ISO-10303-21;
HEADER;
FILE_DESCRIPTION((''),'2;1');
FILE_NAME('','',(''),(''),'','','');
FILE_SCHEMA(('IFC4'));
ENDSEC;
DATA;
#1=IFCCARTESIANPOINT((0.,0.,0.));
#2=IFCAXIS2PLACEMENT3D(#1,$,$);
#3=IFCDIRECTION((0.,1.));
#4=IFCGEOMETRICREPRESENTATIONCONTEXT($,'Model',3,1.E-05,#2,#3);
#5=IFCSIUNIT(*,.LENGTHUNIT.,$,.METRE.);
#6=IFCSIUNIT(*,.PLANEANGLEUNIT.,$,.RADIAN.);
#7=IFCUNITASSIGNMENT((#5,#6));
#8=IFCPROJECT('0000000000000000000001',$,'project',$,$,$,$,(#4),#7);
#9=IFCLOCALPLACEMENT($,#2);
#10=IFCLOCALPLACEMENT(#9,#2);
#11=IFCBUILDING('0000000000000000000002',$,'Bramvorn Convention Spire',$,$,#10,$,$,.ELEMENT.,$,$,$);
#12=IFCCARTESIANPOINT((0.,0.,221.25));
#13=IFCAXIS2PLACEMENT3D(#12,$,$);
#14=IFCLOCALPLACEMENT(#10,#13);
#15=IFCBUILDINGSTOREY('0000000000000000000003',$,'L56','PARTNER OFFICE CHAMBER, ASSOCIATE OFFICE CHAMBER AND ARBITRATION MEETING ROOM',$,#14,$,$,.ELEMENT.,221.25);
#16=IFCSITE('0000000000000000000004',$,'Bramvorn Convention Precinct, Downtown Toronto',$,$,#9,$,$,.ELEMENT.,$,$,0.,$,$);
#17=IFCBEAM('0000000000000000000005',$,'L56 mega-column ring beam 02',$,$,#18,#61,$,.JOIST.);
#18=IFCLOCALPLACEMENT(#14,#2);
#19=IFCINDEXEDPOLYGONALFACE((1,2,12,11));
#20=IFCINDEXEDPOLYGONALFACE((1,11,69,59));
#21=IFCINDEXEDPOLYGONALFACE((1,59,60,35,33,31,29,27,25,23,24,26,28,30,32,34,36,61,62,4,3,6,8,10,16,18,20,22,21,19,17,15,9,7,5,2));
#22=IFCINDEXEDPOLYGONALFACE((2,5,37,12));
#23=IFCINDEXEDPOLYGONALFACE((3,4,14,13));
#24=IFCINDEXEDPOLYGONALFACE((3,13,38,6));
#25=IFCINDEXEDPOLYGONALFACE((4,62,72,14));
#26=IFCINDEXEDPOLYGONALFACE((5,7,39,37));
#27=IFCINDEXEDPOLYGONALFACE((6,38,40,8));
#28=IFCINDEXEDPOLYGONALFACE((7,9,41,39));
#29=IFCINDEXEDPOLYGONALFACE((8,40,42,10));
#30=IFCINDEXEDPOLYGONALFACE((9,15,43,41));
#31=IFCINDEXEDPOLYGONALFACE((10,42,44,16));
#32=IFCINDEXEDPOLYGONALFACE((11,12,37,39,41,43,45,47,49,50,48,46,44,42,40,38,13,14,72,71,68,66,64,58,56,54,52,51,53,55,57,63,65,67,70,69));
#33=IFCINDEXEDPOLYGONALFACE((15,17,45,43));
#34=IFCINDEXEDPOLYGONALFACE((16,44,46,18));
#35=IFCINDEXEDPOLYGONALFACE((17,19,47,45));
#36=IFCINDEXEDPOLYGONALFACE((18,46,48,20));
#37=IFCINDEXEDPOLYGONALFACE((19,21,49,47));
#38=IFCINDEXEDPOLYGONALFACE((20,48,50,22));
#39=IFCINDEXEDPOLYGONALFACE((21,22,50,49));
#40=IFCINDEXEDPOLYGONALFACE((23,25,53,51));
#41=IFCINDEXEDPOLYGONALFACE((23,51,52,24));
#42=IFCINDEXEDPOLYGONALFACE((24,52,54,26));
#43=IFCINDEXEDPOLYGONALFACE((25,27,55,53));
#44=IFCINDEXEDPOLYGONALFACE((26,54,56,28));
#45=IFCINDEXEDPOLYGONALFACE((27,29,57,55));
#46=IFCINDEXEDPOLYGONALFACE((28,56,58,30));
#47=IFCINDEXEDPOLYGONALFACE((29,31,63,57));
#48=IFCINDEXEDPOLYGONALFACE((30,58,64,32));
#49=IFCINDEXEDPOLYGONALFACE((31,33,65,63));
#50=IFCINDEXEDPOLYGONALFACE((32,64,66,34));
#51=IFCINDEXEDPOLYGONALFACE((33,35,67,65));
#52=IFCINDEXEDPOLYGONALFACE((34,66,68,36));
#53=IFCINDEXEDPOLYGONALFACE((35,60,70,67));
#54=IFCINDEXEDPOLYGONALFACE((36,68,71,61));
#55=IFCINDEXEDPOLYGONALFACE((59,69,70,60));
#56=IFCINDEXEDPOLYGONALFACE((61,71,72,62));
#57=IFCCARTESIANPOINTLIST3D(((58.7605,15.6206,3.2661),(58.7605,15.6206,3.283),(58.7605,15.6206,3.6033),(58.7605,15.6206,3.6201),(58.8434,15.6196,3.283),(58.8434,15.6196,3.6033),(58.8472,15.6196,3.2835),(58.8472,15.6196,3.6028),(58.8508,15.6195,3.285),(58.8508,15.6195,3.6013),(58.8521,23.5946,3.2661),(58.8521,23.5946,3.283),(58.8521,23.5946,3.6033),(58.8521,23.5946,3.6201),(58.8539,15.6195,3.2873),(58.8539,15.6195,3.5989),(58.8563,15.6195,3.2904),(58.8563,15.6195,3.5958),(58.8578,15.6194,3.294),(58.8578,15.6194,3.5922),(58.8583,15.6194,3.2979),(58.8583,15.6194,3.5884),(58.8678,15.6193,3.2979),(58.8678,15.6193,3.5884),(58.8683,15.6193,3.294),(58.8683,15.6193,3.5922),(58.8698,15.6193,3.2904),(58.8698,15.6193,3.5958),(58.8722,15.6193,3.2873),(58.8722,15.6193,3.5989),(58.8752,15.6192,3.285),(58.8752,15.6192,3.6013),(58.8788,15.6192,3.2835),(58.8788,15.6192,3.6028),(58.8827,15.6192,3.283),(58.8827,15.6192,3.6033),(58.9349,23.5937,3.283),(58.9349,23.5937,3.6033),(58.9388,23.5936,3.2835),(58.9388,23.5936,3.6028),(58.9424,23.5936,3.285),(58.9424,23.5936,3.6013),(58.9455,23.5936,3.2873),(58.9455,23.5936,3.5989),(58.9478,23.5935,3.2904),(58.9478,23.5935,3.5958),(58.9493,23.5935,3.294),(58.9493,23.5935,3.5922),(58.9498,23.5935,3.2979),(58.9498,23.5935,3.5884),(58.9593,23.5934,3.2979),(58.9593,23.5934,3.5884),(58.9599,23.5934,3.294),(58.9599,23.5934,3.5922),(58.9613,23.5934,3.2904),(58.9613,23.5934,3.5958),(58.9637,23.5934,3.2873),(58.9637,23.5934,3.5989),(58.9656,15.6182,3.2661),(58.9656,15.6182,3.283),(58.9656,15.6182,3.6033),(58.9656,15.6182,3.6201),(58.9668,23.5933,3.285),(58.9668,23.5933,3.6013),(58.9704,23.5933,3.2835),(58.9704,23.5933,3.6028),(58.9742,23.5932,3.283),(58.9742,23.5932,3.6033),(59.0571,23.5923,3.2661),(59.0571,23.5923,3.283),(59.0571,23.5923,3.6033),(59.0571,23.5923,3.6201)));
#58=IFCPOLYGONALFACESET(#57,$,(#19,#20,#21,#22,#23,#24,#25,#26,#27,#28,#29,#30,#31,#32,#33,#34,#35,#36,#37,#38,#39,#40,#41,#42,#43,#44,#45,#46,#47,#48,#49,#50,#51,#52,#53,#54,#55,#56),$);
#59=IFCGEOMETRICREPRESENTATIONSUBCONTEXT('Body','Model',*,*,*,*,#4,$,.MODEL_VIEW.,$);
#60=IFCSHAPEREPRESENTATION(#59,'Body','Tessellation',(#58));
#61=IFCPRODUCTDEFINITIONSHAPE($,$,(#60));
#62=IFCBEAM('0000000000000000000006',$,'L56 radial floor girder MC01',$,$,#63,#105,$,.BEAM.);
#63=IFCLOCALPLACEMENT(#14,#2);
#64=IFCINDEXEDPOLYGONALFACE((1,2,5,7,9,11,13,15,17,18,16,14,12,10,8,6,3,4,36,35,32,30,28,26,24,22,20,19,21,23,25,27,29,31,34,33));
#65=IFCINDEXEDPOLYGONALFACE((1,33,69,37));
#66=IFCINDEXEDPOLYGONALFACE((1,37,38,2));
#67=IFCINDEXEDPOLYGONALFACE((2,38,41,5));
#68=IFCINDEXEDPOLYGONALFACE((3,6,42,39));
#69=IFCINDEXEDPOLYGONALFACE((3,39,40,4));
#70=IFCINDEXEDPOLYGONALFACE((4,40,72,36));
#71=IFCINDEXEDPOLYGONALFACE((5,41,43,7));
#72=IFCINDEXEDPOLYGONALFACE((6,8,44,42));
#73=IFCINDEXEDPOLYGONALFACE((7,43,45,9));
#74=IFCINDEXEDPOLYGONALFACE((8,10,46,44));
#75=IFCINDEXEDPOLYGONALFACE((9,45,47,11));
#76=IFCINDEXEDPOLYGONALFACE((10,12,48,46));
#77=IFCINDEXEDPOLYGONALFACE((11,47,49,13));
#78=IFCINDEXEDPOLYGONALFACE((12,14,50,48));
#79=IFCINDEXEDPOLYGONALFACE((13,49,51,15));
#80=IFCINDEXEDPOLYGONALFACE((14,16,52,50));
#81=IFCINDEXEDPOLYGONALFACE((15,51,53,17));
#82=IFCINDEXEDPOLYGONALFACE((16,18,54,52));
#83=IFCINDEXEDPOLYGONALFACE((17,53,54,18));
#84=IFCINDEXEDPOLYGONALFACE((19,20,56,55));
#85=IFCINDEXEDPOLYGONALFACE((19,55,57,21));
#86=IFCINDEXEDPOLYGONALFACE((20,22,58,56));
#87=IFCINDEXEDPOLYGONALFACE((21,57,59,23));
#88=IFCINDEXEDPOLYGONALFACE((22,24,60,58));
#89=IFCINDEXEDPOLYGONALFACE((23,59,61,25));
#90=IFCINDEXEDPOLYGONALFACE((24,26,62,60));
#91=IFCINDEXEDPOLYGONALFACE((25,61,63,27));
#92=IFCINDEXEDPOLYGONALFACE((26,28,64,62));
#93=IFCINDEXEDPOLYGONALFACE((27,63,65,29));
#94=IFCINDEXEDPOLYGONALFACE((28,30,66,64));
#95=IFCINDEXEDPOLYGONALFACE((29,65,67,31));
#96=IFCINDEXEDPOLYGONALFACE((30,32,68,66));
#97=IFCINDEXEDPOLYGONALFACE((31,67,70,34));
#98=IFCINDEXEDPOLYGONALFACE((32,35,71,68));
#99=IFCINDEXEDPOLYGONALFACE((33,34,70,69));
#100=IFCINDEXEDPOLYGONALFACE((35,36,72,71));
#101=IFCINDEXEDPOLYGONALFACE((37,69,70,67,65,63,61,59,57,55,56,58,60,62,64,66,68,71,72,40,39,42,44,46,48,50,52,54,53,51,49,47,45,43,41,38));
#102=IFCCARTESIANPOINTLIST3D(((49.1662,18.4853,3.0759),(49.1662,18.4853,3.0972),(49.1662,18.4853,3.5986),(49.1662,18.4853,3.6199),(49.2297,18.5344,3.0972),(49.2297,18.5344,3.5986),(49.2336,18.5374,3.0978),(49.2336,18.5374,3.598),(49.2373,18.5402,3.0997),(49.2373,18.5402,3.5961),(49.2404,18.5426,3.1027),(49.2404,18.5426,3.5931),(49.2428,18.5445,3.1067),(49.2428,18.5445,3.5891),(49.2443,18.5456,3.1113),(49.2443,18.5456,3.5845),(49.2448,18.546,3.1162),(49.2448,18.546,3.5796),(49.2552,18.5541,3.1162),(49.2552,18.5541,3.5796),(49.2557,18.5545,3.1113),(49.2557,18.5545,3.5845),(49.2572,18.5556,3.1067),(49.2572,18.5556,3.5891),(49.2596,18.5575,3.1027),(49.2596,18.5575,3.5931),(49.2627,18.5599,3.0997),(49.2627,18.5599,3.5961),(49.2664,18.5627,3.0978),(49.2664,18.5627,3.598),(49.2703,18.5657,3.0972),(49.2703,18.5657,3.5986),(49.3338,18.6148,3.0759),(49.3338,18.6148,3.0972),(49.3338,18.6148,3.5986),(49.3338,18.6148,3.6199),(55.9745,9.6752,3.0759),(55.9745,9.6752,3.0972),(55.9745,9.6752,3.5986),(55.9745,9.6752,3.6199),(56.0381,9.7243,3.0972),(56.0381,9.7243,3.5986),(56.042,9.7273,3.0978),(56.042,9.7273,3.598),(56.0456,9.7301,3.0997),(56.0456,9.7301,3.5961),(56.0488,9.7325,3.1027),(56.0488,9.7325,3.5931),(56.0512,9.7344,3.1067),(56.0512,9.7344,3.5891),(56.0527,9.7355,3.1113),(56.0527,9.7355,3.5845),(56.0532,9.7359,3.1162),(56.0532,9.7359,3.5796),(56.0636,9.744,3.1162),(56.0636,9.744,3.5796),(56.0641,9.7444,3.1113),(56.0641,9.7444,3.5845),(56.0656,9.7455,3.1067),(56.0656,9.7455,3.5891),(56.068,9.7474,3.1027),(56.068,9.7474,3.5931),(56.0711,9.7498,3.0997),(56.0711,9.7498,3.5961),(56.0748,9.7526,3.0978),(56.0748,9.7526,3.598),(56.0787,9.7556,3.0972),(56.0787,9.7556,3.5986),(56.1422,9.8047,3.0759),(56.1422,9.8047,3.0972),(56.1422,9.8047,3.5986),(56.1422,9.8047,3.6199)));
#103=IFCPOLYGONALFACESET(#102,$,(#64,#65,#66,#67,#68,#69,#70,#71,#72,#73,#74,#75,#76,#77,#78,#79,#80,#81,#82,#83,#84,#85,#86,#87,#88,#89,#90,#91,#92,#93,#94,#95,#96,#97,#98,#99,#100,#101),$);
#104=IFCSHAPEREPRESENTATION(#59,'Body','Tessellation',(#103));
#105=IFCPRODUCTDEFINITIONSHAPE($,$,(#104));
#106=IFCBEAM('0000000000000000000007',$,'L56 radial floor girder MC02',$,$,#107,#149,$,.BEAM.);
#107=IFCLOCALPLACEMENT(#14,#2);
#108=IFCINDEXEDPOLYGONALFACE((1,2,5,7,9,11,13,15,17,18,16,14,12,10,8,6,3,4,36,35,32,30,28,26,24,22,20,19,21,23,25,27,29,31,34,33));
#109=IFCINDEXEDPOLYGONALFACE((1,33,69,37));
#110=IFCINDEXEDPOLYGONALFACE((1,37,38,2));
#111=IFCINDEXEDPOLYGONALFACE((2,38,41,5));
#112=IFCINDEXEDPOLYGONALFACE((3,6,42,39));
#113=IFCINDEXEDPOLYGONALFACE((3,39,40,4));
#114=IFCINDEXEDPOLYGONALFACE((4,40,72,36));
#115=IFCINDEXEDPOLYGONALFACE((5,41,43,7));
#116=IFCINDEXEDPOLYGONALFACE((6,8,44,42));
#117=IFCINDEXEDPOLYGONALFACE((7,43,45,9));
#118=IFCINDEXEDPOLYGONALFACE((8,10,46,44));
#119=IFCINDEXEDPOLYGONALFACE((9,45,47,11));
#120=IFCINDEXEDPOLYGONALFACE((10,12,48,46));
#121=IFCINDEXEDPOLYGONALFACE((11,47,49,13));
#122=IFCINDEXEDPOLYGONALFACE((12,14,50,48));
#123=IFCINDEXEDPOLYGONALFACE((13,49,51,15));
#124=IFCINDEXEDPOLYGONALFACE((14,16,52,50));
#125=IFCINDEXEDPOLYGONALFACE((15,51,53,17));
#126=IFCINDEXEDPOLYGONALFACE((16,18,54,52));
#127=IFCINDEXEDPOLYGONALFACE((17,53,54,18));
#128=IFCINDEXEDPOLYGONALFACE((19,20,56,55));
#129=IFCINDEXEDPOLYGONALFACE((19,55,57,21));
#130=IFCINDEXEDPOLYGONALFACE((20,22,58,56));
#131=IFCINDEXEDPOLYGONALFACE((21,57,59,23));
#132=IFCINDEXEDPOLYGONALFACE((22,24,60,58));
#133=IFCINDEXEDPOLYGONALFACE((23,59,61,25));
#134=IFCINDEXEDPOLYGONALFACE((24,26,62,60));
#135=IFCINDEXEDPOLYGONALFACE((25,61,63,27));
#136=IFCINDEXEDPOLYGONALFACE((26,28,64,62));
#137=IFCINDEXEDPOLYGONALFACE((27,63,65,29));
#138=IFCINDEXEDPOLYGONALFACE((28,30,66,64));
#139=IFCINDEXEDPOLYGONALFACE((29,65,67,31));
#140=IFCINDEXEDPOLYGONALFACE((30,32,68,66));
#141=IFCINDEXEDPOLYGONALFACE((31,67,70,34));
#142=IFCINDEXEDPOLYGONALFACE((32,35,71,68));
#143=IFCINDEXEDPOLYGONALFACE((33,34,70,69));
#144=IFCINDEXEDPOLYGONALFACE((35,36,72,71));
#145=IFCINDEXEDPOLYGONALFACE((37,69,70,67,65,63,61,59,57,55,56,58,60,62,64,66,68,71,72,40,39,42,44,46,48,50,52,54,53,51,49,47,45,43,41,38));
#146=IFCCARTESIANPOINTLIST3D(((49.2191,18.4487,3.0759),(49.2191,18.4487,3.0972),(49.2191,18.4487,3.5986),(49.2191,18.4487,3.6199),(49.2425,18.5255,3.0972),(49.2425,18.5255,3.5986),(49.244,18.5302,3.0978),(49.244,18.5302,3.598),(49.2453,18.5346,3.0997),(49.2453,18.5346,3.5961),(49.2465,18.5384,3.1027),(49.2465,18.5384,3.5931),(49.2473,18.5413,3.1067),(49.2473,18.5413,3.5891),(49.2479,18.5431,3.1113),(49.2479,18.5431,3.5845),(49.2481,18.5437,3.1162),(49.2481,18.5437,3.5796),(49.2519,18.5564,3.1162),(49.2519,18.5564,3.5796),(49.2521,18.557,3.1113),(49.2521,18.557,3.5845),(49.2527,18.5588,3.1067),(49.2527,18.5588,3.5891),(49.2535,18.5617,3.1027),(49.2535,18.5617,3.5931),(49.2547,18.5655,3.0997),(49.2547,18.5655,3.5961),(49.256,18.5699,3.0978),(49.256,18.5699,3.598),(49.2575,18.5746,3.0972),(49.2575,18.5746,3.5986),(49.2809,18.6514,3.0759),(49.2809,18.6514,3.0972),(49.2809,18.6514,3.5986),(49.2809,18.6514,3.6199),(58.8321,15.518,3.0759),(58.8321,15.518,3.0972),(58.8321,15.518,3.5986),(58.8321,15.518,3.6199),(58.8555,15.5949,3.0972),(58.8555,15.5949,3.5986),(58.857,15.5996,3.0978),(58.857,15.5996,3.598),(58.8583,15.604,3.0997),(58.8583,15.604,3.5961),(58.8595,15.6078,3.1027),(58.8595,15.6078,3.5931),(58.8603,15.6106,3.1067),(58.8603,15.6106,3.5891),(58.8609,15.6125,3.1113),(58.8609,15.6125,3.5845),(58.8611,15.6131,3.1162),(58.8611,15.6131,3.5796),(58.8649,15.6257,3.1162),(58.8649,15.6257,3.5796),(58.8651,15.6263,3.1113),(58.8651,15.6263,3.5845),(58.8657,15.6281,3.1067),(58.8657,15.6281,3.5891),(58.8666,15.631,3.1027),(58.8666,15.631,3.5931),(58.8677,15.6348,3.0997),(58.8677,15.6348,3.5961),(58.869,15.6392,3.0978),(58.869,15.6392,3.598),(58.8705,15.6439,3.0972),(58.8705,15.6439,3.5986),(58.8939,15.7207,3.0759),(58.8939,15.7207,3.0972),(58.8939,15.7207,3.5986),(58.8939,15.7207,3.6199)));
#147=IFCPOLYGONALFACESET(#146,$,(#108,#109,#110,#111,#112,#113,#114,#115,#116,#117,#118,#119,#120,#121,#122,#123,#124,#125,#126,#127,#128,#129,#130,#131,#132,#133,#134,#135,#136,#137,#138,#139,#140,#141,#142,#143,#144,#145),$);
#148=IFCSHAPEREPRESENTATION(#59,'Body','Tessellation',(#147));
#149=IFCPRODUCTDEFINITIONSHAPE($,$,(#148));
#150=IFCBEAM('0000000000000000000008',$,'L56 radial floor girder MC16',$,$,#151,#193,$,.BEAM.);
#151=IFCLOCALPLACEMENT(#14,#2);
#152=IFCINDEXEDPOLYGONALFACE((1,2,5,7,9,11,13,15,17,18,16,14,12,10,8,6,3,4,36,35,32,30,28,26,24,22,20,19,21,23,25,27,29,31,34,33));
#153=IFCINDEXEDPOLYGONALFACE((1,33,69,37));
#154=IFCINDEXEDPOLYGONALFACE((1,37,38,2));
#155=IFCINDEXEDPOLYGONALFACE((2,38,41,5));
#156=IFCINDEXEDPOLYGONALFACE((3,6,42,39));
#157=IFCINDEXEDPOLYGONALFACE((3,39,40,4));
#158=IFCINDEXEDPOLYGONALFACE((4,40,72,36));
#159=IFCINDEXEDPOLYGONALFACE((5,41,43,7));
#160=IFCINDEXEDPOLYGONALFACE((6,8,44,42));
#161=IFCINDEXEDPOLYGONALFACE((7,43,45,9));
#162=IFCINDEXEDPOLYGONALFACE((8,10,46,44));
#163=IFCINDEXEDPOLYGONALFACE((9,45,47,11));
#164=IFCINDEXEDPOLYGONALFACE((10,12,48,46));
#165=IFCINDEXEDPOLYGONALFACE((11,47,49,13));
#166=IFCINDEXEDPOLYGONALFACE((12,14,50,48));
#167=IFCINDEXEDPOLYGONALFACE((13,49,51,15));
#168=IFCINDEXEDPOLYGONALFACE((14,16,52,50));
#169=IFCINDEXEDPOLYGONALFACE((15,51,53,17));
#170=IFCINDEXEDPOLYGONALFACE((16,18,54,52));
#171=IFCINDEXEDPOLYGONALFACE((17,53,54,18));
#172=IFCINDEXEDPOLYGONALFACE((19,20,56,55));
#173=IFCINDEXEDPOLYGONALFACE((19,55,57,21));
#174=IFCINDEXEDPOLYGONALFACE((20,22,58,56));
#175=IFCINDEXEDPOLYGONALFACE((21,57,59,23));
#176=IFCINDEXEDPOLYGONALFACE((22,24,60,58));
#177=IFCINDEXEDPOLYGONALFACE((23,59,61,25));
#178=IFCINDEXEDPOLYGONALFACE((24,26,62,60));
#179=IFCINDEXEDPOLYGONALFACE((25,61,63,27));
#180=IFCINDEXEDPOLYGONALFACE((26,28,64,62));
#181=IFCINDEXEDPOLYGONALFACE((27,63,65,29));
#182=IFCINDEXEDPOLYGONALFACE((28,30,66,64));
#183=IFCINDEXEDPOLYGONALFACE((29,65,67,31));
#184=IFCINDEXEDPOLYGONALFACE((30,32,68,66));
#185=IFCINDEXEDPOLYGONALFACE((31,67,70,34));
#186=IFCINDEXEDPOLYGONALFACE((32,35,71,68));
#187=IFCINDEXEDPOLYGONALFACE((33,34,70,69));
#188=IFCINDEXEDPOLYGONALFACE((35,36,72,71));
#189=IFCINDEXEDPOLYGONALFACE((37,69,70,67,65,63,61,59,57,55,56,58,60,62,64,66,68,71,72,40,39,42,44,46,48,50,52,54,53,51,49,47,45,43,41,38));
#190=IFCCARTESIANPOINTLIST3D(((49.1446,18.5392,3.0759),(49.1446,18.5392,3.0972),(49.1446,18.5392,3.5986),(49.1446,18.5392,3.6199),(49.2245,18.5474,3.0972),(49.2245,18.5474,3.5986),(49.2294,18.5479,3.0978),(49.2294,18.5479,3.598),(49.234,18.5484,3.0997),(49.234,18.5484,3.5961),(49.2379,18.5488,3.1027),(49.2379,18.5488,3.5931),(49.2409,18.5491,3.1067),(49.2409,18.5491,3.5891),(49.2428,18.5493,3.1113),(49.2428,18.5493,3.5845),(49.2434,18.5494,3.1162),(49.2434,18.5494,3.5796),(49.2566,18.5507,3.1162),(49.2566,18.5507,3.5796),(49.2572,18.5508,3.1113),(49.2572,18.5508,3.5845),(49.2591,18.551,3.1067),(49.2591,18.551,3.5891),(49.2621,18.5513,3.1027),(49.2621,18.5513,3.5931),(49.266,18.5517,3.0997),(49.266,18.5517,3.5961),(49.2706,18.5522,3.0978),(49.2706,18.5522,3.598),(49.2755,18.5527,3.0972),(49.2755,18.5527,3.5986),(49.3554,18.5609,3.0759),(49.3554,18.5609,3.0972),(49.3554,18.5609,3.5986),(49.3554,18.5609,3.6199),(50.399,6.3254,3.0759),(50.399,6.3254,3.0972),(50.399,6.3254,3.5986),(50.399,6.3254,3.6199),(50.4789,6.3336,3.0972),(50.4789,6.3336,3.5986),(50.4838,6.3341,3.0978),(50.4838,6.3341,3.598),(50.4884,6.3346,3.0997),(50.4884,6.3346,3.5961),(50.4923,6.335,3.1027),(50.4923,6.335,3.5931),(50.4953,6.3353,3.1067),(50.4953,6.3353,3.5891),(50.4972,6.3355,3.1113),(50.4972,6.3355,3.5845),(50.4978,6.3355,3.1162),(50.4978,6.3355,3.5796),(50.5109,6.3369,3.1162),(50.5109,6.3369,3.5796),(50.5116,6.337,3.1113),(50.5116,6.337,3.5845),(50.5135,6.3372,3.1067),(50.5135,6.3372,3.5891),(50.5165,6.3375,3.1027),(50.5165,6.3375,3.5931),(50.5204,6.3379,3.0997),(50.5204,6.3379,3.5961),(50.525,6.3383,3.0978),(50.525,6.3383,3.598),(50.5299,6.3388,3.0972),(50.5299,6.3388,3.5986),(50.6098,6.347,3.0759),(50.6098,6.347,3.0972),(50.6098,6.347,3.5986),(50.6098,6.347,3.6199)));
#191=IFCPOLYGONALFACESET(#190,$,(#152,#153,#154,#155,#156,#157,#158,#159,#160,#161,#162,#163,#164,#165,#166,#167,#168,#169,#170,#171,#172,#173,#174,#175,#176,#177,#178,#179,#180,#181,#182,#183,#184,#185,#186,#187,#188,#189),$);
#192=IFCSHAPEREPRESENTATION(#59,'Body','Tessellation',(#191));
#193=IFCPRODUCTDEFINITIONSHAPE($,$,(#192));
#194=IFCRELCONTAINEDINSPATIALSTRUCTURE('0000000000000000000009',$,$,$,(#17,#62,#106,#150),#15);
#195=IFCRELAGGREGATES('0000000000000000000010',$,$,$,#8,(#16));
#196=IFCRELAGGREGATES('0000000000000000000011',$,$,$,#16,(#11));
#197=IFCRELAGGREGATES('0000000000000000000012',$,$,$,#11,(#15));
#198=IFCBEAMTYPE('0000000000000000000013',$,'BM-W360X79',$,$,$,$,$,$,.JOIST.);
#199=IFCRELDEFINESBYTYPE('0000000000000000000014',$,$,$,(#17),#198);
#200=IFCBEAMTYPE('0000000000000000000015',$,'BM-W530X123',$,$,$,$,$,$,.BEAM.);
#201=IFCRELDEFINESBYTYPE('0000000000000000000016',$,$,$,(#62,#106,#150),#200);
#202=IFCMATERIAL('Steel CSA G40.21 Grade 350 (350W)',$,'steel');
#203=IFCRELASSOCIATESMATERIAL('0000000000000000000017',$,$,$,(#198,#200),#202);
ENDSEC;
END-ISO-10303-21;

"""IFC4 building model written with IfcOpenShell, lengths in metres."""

from ifc_helpers import new_model, si_unit, direction, frame, origin, origin_2d, place, context, subcontext, project, spatial, i_section, extrude, material, material_profile, profile_set, type_object, element, save


model = new_model("IFC4")

# Units and contexts
model_context = context("Model", 3, precision=1e-05, world=origin(), true_north=direction((0.0, 1.0)))
body_context = subcontext(model_context, "Body", "Model", "MODEL_VIEW")
ifc_project = project(units=[si_unit("LENGTHUNIT", "METRE"), si_unit("PLANEANGLEUNIT", "RADIAN")], contexts=[model_context])

# Site, building, storey
site_placement = place(None, origin())
site = spatial("IfcSite", under=ifc_project, at=site_placement, Name="Bramvorn Convention Precinct, Downtown Toronto", CompositionType="ELEMENT", RefElevation=0.0)
building_placement = place(site_placement, origin())
building = spatial("IfcBuilding", under=site, at=building_placement, Name="Bramvorn Convention Spire", CompositionType="ELEMENT")
storey_placement = place(building_placement, frame((0.0, 0.0, 221.25)))
storey = spatial("IfcBuildingStorey", under=building, at=storey_placement, Name="L56", Description="PARTNER OFFICE CHAMBER, ASSOCIATE OFFICE CHAMBER AND ARBITRATION MEETING ROOM", CompositionType="ELEMENT", Elevation=221.25)

# Shared definitions
ifc_material_1 = material(Name="Steel CSA G40.21 Grade 350 (350W)", Category="steel")

# Beams
ifc_material_profile_1 = material_profile(ifc_material_1, i_section(OverallWidth=0.2051, OverallDepth=0.354, WebThickness=0.0095, FlangeThickness=0.0168, FilletRadius=0.0149, at=origin_2d()))
ifc_profile_set_1 = profile_set([ifc_material_profile_1], Name="Steel CSA G40.21 Grade 350 (350W) - W360X79")
beam_type_1 = type_object("IfcBeamType", Name="BM-W360X79", PredefinedType="JOIST", material=ifc_profile_set_1)
beam_1_placement = place(storey_placement, frame((58.863, 15.6194, 3.4431), z_axis=(0.01148, 0.999934, 0.0), x_axis=(-0.999934, 0.01148, 0.0)))
element("IfcBeam", 1, at=beam_1_placement, inside=storey, type_object=beam_type_1, Name="L56 mega-column ring beam 02", PredefinedType="JOIST", context=body_context, shape_type="SweptSolid", body=[
    extrude(i_section(OverallWidth=0.2051, OverallDepth=0.354, WebThickness=0.0095, FlangeThickness=0.0168, FilletRadius=0.0149, at=origin_2d()), origin(), (0.0, 0.0, 1.0), 7.9746),
])
ifc_material_profile_2 = material_profile(ifc_material_1, i_section(OverallWidth=0.2119, OverallDepth=0.5439, WebThickness=0.0132, FlangeThickness=0.0212, FilletRadius=0.019, at=origin_2d()))
ifc_profile_set_2 = profile_set([ifc_material_profile_2], Name="Steel CSA G40.21 Grade 350 (350W) - W530X123")
beam_type_2 = type_object("IfcBeamType", Name="BM-W530X123", PredefinedType="BEAM", material=ifc_profile_set_2)
beam_2_placement = place(storey_placement, frame((49.25, 18.55, 3.3479), z_axis=(0.61148, -0.79126, 0.0), x_axis=(0.79126, 0.61148, 0.0)))
element("IfcBeam", 2, at=beam_2_placement, inside=storey, type_object=beam_type_2, Name="L56 radial floor girder MC01", PredefinedType="BEAM", context=body_context, shape_type="SweptSolid", body=[
    extrude(i_section(OverallWidth=0.2119, OverallDepth=0.5439, WebThickness=0.0132, FlangeThickness=0.0212, FilletRadius=0.019, at=origin_2d()), origin(), (0.0, 0.0, 1.0), 11.1343),
])
beam_3_placement = place(storey_placement, frame((49.25, 18.55, 3.3479), z_axis=(0.956536, -0.291613, 0.0), x_axis=(0.291613, 0.956536, 0.0)))
element("IfcBeam", 3, at=beam_3_placement, inside=storey, type_object=beam_type_2, Name="L56 radial floor girder MC02", PredefinedType="BEAM", context=body_context, shape_type="SweptSolid", body=[
    extrude(i_section(OverallWidth=0.2119, OverallDepth=0.5439, WebThickness=0.0132, FlangeThickness=0.0212, FilletRadius=0.019, at=origin_2d()), origin(), (0.0, 0.0, 1.0), 10.0498),
])
beam_4_placement = place(storey_placement, frame((49.25, 18.55, 3.3479), z_axis=(0.102165, -0.994767, 0.0), x_axis=(0.994767, 0.102165, 0.0)))
element("IfcBeam", 4, at=beam_4_placement, inside=storey, type_object=beam_type_2, Name="L56 radial floor girder MC16", PredefinedType="BEAM", context=body_context, shape_type="SweptSolid", body=[
    extrude(i_section(OverallWidth=0.2119, OverallDepth=0.5439, WebThickness=0.0132, FlangeThickness=0.0212, FilletRadius=0.019, at=origin_2d()), origin(), (0.0, 0.0, 1.0), 12.2781),
])

save(model, "model.ifc")
